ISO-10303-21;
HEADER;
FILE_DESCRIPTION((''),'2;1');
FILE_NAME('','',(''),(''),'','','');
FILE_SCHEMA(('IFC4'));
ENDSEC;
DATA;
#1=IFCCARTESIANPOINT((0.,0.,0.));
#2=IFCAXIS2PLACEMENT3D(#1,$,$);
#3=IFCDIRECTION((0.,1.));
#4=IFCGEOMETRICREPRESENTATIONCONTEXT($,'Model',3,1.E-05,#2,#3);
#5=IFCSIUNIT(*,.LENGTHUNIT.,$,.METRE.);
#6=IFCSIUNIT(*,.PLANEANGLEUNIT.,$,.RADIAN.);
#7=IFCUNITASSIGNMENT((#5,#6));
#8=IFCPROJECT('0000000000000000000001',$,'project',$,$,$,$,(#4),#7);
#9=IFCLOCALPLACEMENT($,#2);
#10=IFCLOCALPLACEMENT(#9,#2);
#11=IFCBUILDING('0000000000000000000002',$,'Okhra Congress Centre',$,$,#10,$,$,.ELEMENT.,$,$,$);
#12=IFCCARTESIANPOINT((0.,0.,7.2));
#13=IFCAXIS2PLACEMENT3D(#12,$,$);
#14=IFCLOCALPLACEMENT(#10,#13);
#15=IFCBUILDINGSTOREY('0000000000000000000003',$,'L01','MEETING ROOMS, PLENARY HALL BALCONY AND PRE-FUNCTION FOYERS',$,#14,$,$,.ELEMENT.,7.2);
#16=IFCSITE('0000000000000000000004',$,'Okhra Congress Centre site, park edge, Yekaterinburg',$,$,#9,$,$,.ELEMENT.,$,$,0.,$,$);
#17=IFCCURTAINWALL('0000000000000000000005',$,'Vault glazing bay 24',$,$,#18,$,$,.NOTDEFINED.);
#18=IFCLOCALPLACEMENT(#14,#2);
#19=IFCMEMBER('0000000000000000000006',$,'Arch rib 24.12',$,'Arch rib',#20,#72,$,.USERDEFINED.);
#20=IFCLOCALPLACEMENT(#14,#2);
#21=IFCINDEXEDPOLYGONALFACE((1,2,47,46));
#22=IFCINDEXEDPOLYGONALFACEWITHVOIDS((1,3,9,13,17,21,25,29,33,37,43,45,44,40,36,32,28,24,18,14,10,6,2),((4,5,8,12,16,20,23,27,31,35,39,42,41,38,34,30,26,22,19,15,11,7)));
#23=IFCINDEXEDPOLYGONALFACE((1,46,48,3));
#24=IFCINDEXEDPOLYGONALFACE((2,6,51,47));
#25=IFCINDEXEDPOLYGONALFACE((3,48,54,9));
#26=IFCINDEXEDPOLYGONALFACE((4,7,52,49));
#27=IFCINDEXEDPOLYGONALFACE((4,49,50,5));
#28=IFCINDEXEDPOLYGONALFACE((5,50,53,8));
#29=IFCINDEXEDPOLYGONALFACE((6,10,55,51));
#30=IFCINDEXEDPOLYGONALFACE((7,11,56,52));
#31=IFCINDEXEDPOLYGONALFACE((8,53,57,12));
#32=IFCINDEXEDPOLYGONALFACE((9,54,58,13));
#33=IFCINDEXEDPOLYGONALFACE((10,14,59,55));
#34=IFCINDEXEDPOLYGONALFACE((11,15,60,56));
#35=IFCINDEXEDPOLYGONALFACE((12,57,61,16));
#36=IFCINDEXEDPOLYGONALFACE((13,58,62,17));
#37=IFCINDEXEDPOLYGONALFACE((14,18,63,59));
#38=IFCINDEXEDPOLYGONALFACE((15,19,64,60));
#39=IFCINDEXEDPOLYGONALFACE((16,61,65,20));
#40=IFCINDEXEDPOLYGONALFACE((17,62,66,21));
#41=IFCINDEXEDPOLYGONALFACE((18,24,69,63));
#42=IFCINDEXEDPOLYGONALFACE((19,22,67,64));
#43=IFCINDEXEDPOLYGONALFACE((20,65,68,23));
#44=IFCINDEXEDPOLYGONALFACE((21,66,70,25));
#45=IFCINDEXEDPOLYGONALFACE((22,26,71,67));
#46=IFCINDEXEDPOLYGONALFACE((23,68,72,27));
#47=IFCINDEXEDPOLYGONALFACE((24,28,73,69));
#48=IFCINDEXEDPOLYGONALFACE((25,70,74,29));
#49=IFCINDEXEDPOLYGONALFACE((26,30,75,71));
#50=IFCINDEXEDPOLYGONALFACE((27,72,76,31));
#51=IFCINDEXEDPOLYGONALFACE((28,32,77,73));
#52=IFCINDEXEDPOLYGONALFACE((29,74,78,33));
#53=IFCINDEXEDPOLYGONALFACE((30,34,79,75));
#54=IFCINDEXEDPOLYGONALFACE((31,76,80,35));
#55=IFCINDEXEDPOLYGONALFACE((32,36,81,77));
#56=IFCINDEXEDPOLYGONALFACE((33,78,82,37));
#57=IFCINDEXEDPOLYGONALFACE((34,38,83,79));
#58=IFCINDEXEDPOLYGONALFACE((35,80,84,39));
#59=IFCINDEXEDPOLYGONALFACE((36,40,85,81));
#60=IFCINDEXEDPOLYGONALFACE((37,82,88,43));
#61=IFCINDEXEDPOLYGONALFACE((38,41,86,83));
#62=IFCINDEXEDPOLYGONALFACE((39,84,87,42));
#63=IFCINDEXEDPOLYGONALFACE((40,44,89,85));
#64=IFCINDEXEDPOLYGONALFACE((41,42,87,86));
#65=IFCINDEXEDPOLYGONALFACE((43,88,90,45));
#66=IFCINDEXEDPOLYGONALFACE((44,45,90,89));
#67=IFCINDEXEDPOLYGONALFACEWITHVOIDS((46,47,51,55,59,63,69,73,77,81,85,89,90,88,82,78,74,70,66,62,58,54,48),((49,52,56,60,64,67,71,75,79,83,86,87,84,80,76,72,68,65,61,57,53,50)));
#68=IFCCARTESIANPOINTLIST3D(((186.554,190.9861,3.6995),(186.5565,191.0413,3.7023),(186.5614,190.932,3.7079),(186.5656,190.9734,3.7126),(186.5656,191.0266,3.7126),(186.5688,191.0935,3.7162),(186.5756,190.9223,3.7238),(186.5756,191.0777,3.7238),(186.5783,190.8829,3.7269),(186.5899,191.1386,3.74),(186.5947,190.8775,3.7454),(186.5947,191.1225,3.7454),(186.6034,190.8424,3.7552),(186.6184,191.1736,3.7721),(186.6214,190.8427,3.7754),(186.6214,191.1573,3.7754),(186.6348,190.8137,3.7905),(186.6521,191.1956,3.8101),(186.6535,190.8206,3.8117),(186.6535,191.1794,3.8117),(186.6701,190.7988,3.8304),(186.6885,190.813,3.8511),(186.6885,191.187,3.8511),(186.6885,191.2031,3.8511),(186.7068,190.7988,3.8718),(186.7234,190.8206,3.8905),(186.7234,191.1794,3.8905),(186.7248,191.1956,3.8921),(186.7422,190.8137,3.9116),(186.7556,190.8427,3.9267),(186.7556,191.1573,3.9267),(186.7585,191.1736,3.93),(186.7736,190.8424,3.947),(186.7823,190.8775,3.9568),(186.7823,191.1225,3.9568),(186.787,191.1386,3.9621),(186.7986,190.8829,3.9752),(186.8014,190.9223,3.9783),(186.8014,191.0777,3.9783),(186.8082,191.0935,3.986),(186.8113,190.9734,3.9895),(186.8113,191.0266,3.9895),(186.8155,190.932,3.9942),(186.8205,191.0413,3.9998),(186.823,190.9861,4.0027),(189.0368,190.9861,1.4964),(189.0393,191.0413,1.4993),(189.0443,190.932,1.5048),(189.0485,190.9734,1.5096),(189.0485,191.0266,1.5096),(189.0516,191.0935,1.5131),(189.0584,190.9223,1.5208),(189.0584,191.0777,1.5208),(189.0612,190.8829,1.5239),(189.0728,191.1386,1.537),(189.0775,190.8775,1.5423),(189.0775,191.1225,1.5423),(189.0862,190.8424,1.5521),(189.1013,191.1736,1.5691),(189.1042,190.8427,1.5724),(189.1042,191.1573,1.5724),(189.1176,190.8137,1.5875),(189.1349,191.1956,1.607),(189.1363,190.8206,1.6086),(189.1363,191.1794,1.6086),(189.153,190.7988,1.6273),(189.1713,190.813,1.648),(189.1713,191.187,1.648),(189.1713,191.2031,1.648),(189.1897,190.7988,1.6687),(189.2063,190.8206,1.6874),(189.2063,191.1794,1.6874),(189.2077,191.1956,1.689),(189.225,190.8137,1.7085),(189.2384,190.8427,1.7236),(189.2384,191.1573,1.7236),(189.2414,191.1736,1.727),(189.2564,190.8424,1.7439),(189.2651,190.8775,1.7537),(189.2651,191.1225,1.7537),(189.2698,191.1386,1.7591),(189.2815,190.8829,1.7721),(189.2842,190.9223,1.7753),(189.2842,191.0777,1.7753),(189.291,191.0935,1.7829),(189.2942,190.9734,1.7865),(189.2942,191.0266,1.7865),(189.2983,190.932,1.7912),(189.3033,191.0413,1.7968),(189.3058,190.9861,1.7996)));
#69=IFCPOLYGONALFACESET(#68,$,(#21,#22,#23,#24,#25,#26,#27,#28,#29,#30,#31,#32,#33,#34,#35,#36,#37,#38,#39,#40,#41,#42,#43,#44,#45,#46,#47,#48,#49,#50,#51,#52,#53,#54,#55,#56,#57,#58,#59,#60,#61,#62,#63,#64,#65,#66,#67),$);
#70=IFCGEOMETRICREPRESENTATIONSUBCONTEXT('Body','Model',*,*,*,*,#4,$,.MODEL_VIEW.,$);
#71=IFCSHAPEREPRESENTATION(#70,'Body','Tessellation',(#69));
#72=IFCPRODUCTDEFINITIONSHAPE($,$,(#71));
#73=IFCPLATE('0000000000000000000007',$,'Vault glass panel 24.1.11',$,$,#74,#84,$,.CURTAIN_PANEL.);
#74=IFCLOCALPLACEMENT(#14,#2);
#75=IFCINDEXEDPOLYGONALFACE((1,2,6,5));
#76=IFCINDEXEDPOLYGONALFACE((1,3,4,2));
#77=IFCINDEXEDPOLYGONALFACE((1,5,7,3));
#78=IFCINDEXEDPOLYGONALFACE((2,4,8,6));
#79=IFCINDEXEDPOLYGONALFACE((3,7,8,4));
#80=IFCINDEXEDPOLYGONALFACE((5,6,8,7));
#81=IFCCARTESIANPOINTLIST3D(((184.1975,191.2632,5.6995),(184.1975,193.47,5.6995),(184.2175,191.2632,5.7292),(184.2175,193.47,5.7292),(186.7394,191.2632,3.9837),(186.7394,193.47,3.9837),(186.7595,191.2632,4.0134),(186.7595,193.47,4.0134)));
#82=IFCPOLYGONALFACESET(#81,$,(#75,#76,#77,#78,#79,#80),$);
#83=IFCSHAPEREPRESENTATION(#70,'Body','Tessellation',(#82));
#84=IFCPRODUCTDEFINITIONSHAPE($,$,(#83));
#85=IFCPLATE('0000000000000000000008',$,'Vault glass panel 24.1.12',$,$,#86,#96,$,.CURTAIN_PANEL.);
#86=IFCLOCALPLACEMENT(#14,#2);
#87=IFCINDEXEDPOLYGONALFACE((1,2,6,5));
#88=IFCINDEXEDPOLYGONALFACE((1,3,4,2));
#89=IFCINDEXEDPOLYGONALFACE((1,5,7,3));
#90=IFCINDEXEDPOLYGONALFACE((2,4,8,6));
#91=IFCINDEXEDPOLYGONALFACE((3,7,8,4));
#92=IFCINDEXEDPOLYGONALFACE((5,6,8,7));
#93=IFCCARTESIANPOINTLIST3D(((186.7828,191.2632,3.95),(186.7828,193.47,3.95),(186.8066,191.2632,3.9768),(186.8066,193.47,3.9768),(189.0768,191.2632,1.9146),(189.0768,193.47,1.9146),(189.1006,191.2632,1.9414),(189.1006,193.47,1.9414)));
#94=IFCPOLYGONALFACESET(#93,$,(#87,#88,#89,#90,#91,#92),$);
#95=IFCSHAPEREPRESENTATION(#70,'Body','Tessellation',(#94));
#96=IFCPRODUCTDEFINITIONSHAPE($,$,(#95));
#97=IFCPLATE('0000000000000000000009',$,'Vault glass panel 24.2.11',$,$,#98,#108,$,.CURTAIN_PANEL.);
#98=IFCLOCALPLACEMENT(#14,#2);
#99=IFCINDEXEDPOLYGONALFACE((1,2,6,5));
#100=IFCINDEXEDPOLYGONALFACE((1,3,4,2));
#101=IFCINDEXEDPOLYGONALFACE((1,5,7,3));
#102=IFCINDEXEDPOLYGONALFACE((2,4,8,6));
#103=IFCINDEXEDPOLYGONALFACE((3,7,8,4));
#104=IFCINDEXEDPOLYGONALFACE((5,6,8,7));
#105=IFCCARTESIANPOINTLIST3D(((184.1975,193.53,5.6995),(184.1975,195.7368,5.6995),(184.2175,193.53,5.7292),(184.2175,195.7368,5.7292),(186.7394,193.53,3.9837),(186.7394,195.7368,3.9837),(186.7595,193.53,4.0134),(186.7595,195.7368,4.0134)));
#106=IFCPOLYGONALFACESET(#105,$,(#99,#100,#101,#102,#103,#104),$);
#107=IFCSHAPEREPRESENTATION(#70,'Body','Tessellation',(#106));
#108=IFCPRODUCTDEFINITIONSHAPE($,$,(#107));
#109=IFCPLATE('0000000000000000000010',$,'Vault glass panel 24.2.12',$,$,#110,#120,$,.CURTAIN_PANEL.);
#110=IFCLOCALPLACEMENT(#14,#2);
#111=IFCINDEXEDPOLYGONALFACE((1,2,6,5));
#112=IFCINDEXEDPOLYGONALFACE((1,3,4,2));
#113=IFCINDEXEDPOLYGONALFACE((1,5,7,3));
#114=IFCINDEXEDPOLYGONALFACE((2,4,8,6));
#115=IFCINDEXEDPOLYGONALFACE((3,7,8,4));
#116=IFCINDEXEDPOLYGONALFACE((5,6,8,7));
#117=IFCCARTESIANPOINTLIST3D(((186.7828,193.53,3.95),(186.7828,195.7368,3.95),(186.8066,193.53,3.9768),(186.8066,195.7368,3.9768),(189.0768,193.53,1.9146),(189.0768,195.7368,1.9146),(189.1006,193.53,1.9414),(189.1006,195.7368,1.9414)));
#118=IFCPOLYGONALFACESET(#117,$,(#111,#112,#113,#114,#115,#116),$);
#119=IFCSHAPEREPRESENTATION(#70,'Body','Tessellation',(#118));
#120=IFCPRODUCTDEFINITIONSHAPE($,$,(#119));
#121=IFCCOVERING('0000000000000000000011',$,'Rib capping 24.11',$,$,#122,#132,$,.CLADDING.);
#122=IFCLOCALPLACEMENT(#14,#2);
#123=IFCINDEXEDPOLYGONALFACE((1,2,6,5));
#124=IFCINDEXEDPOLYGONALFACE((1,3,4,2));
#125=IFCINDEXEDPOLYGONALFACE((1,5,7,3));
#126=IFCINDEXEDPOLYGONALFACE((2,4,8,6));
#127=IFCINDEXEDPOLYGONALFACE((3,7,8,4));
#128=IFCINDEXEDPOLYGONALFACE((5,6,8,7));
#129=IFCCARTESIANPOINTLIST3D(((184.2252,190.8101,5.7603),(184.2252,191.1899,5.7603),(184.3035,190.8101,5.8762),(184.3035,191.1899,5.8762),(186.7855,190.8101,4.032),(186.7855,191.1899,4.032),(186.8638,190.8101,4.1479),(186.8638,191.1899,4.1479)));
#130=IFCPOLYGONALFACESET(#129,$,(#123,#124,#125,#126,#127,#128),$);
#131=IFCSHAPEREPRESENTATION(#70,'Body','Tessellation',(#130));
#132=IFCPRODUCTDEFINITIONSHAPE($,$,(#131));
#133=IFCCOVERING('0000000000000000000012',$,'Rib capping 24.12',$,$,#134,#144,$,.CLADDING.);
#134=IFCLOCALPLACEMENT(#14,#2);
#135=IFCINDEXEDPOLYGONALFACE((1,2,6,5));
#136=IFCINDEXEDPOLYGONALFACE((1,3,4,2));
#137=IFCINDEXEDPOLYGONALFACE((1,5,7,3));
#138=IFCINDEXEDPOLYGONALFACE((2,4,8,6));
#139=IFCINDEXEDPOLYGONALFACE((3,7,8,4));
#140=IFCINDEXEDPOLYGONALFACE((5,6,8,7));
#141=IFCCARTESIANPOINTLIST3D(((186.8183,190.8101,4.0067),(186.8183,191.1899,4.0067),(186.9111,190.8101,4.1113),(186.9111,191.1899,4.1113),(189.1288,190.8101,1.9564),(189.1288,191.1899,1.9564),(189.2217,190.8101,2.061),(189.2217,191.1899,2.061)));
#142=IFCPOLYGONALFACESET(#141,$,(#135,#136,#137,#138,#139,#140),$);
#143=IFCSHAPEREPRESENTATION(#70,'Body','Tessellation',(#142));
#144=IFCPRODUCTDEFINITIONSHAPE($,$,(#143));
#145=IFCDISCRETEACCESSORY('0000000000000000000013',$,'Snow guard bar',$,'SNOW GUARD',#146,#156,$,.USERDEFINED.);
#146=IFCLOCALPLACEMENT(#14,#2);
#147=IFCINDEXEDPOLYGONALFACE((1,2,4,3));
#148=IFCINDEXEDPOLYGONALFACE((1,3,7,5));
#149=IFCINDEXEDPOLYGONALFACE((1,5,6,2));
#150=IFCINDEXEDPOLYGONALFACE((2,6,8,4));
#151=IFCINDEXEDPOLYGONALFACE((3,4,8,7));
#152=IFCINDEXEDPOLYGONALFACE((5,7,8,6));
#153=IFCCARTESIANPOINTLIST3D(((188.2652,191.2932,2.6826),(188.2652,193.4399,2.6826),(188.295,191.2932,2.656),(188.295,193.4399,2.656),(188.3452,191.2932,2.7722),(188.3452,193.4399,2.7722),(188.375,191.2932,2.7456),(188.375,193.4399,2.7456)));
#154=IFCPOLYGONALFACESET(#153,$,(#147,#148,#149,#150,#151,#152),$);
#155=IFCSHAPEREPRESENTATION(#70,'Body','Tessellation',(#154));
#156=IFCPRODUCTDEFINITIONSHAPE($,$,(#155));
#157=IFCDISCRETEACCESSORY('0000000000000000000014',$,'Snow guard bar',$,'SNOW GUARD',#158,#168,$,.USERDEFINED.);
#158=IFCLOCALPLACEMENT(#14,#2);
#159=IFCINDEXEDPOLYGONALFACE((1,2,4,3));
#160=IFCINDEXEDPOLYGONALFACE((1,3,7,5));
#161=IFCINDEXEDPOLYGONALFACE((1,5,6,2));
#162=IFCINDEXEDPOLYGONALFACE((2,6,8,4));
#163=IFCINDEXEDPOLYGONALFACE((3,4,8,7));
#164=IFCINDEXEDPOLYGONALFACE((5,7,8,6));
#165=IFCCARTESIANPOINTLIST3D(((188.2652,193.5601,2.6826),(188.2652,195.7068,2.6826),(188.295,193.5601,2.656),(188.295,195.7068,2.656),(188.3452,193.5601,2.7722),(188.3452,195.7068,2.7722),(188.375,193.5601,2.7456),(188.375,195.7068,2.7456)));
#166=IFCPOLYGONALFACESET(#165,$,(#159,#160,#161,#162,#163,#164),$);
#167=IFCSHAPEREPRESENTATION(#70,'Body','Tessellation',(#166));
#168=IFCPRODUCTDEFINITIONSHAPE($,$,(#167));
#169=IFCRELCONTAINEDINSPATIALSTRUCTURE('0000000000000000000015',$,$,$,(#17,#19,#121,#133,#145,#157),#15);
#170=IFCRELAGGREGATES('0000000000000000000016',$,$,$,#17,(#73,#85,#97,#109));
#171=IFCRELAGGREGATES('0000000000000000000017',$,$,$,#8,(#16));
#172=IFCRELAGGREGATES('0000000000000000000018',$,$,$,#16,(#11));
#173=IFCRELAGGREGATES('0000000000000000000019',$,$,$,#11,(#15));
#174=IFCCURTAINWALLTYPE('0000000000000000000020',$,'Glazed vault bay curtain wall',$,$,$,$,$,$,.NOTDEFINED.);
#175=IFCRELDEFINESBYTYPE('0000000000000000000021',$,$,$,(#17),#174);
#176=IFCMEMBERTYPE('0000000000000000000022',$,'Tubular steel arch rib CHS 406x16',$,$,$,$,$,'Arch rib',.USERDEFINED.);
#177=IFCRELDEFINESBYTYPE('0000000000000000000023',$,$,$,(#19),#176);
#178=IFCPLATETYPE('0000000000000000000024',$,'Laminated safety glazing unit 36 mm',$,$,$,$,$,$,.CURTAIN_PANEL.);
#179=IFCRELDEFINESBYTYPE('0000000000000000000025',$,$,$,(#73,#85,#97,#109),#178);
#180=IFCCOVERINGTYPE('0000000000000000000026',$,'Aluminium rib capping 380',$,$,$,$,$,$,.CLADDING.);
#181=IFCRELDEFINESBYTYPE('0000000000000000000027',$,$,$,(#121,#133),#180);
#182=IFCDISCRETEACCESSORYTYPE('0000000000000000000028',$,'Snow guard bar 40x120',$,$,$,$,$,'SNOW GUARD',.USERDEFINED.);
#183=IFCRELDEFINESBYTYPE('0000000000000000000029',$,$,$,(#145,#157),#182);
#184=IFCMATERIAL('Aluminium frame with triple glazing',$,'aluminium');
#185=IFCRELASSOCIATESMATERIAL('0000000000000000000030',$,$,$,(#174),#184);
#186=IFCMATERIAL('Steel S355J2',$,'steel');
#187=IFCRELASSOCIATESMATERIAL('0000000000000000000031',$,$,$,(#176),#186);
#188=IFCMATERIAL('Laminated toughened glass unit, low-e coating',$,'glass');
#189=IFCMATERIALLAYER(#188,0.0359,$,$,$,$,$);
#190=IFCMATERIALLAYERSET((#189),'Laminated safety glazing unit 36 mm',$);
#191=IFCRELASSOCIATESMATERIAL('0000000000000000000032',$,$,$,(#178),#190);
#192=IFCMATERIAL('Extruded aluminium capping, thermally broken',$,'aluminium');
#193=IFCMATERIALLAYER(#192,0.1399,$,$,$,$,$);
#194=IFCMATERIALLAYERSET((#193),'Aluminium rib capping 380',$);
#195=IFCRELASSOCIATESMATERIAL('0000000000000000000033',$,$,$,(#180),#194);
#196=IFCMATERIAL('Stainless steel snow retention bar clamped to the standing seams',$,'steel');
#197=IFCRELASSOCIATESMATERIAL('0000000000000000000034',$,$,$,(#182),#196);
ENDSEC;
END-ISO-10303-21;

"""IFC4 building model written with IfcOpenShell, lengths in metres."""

from ifc_helpers import new_model, si_unit, direction, frame, origin, origin_2d, place, context, subcontext, project, spatial, polyline, hollow_circle, outline, extrude, material, layer, layer_set, material_profile, profile_set, type_object, element, aggregate, save


model = new_model("IFC4")

# Units and contexts
model_context = context("Model", 3, precision=1e-05, world=origin(), true_north=direction((0.0, 1.0)))
body_context = subcontext(model_context, "Body", "Model", "MODEL_VIEW")
ifc_project = project(units=[si_unit("LENGTHUNIT", "METRE"), si_unit("PLANEANGLEUNIT", "RADIAN")], contexts=[model_context])

# Site, building, storey
site_placement = place(None, origin())
site = spatial("IfcSite", under=ifc_project, at=site_placement, Name="Okhra Congress Centre site, park edge, Yekaterinburg", CompositionType="ELEMENT", RefElevation=0.0)
building_placement = place(site_placement, origin())
building = spatial("IfcBuilding", under=site, at=building_placement, Name="Okhra Congress Centre", CompositionType="ELEMENT")
storey_placement = place(building_placement, frame((0.0, 0.0, 7.2)))
storey = spatial("IfcBuildingStorey", under=building, at=storey_placement, Name="L01", Description="MEETING ROOMS, PLENARY HALL BALCONY AND PRE-FUNCTION FOYERS", CompositionType="ELEMENT", Elevation=7.2)

# Shared definitions
ifc_material_1 = material(Name="Aluminium frame with triple glazing", Category="aluminium")
curtain_wall_type = type_object("IfcCurtainWallType", Name="Glazed vault bay curtain wall", PredefinedType="NOTDEFINED", material=ifc_material_1)

# Curtain wall
curtain_wall_1_placement = place(storey_placement, origin())
curtain_wall_1 = element("IfcCurtainWall", 1, at=curtain_wall_1_placement, inside=storey, type_object=curtain_wall_type, Name="Vault glazing bay 24", PredefinedType="NOTDEFINED")

# Member
ifc_material_2 = material(Name="Steel S355J2", Category="steel")
ifc_material_profile_1 = material_profile(ifc_material_2, hollow_circle(Radius=0.2031, WallThickness=0.0161, at=origin_2d()), Name="CHS 406.4x16")
ifc_profile_set_1 = profile_set([ifc_material_profile_1], Name="Steel S355J2")
member_type_1 = type_object("IfcMemberType", Name="Tubular steel arch rib CHS 406x16", ElementType="Arch rib", PredefinedType="USERDEFINED", material=ifc_profile_set_1)
member_1_placement = place(storey_placement, frame((186.6885, 191.0, 3.8511), z_axis=(0.747993, 0.0, -0.663706), x_axis=(0.0, 1.0, 0.0)))
element("IfcMember", 2, at=member_1_placement, inside=storey, type_object=member_type_1, Name="Arch rib 24.12", ObjectType="Arch rib", PredefinedType="USERDEFINED", context=body_context, shape_type="SweptSolid", body=[
    extrude(hollow_circle(Radius=0.2031, WallThickness=0.0161, at=origin_2d()), origin(), (0.0, 0.0, 1.0), 3.3193),
])

# Plates
ifc_material_3 = material(Name="Laminated toughened glass unit, low-e coating", Category="glass")
ifc_layer_1 = layer(ifc_material_3, 0.0359)
ifc_layer_set_1 = layer_set([ifc_layer_1], Name="Laminated safety glazing unit 36 mm")
plate_type = type_object("IfcPlateType", Name="Laminated safety glazing unit 36 mm", PredefinedType="CURTAIN_PANEL", material=ifc_layer_set_1)
plate_1_placement = place(storey_placement, frame((184.2175, 191.2632, 5.7292), z_axis=(0.559467, 0.0, 0.828852), x_axis=(0.828852, 0.0, -0.559467)))
plate_1 = element("IfcPlate", 3, at=plate_1_placement, type_object=plate_type, Name="Vault glass panel 24.1.11", PredefinedType="CURTAIN_PANEL", context=body_context, shape_type="SweptSolid", body=[
    extrude(outline(polyline([(0.0, 0.0), (3.0669, 0.0), (3.0669, 2.2068), (0.0, 2.2068), (0.0, 0.0)])), origin(), (0.0, 0.0, -1.0), 0.0359),
])
plate_2_placement = place(storey_placement, frame((186.8066, 191.2632, 3.9768), z_axis=(0.663697, 0.0, 0.748002), x_axis=(0.748002, 0.0, -0.663697)))
plate_2 = element("IfcPlate", 4, at=plate_2_placement, type_object=plate_type, Name="Vault glass panel 24.1.12", PredefinedType="CURTAIN_PANEL", context=body_context, shape_type="SweptSolid", body=[
    extrude(outline(polyline([(0.0, 0.0), (3.0668, 0.0), (3.0668, 2.2068), (0.0, 2.2068), (0.0, 0.0)])), origin(), (0.0, 0.0, -1.0), 0.0359),
])
plate_3_placement = place(storey_placement, frame((184.2175, 193.53, 5.7292), z_axis=(0.559467, 0.0, 0.828852), x_axis=(0.828852, 0.0, -0.559467)))
plate_3 = element("IfcPlate", 5, at=plate_3_placement, type_object=plate_type, Name="Vault glass panel 24.2.11", PredefinedType="CURTAIN_PANEL", context=body_context, shape_type="SweptSolid", body=[
    extrude(outline(polyline([(0.0, 0.0), (3.0669, 0.0), (3.0669, 2.2068), (0.0, 2.2068), (0.0, 0.0)])), origin(), (0.0, 0.0, -1.0), 0.0359),
])
plate_4_placement = place(storey_placement, frame((186.8066, 193.53, 3.9768), z_axis=(0.663697, 0.0, 0.748002), x_axis=(0.748002, 0.0, -0.663697)))
plate_4 = element("IfcPlate", 6, at=plate_4_placement, type_object=plate_type, Name="Vault glass panel 24.2.12", PredefinedType="CURTAIN_PANEL", context=body_context, shape_type="SweptSolid", body=[
    extrude(outline(polyline([(0.0, 0.0), (3.0668, 0.0), (3.0668, 2.2068), (0.0, 2.2068), (0.0, 0.0)])), origin(), (0.0, 0.0, -1.0), 0.0359),
])
aggregate(curtain_wall_1, [plate_1, plate_2, plate_3, plate_4])

# Coverings
ifc_material_4 = material(Name="Extruded aluminium capping, thermally broken", Category="aluminium")
ifc_layer_2 = layer(ifc_material_4, 0.1399)
ifc_layer_set_2 = layer_set([ifc_layer_2], Name="Aluminium rib capping 380")
covering_type = type_object("IfcCoveringType", Name="Aluminium rib capping 380", PredefinedType="CLADDING", material=ifc_layer_set_2)
covering_1_placement = place(storey_placement, frame((184.3035, 190.8101, 5.8762), z_axis=(0.559488, 0.0, 0.828839), x_axis=(0.828839, 0.0, -0.559488)))
element("IfcCovering", 7, at=covering_1_placement, inside=storey, type_object=covering_type, Name="Rib capping 24.11", PredefinedType="CLADDING", context=body_context, shape_type="SweptSolid", body=[
    extrude(outline(polyline([(0.0, 0.0), (3.089, 0.0), (3.089, 0.3799), (0.0, 0.3799), (0.0, 0.0)])), origin(), (0.0, 0.0, -1.0), 0.1399),
])
covering_2_placement = place(storey_placement, frame((186.9111, 190.8101, 4.1113), z_axis=(0.663726, 0.0, 0.747976), x_axis=(0.747976, 0.0, -0.663726)))
element("IfcCovering", 8, at=covering_2_placement, inside=storey, type_object=covering_type, Name="Rib capping 24.12", PredefinedType="CLADDING", context=body_context, shape_type="SweptSolid", body=[
    extrude(outline(polyline([(0.0, 0.0), (3.0891, 0.0), (3.0891, 0.3799), (0.0, 0.3799), (0.0, 0.0)])), origin(), (0.0, 0.0, -1.0), 0.1399),
])

# Discrete accessories
ifc_material_5 = material(Name="Stainless steel snow retention bar clamped to the standing seams", Category="steel")
discrete_accessory_type = type_object("IfcDiscreteAccessoryType", Name="Snow guard bar 40x120", ElementType="SNOW GUARD", PredefinedType="USERDEFINED", material=ifc_material_5)
for number, where, z_axis, x_axis, name in (
    (9, (188.3452, 191.2932, 2.7722), (0.666259, 0.0, 0.745721), (0.745721, 0.0, -0.666259), "Snow guard bar"),
    (10, (188.3452, 193.5601, 2.7722), (0.666259, 0.0, 0.745721), (0.745721, 0.0, -0.666259), "Snow guard bar"),
):
    element("IfcDiscreteAccessory", number, at=place(storey_placement, frame(where, z_axis=z_axis, x_axis=x_axis)), inside=storey, type_object=discrete_accessory_type, Name=name, ObjectType="SNOW GUARD", PredefinedType="USERDEFINED", context=body_context, shape_type="SweptSolid", body=[
        extrude(outline(polyline([(0.0, 0.0), (0.0399, 0.0), (0.0399, 2.1467), (0.0, 2.1467), (0.0, 0.0)])), origin(), (0.0, 0.0, -1.0), 0.1201),
    ])

save(model, "model.ifc")
